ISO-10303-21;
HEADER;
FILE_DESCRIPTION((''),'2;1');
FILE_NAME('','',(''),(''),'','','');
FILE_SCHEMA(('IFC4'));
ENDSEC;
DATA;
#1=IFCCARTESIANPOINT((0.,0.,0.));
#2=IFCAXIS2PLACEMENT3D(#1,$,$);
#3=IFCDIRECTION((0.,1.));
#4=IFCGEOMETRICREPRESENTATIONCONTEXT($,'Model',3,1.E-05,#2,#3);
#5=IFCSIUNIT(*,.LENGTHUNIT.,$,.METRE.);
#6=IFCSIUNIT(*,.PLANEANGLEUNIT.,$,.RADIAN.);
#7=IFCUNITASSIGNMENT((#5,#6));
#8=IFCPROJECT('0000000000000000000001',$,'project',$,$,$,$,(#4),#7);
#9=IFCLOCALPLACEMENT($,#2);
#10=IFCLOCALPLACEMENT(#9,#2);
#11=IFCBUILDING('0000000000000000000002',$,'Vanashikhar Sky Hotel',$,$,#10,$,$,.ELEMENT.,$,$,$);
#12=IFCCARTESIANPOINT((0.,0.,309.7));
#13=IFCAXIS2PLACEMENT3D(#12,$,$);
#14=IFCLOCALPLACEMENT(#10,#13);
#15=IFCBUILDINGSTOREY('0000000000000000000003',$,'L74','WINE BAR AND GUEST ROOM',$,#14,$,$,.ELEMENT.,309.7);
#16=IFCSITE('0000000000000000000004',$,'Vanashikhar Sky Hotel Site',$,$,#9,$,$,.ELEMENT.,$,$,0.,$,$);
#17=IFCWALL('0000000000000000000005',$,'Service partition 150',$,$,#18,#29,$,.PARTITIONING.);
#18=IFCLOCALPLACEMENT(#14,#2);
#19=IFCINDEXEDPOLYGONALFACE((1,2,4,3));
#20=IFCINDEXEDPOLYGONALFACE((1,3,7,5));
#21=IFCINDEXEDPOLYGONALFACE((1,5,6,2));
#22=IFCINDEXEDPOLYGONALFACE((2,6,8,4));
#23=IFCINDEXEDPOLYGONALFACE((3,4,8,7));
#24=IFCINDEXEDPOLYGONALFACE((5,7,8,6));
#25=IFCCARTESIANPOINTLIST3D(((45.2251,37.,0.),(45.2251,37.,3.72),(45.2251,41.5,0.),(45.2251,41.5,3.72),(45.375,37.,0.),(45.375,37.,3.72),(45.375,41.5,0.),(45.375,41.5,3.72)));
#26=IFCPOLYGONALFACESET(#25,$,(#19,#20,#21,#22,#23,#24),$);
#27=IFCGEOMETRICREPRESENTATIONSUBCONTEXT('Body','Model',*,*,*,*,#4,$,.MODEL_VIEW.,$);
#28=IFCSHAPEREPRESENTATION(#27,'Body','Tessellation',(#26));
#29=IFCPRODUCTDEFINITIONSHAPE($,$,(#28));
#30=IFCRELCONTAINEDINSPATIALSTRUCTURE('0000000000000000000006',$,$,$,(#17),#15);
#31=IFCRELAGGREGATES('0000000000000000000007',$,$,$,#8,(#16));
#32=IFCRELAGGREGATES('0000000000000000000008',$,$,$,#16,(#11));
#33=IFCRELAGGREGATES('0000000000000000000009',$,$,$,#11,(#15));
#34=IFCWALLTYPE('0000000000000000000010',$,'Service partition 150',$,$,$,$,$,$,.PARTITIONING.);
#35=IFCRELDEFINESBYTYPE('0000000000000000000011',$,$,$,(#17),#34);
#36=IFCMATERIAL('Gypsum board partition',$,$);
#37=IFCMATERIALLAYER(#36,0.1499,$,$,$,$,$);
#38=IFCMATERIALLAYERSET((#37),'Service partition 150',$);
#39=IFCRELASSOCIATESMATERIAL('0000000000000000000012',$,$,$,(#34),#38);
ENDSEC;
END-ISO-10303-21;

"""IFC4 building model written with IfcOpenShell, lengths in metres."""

from ifc_helpers import new_model, si_unit, direction, frame, frame_2d, origin, place, context, subcontext, project, spatial, rectangle, extrude, source, transform, mapped, material, layer, layer_set, type_object, element, save


model = new_model("IFC4")

# Units and contexts
model_context = context("Model", 3, precision=1e-05, world=origin(), true_north=direction((0.0, 1.0)))
body_context = subcontext(model_context, "Body", "Model", "MODEL_VIEW")
ifc_project = project(units=[si_unit("LENGTHUNIT", "METRE"), si_unit("PLANEANGLEUNIT", "RADIAN")], contexts=[model_context])

# Site, building, storey
site_placement = place(None, origin())
site = spatial("IfcSite", under=ifc_project, at=site_placement, Name="Vanashikhar Sky Hotel Site", CompositionType="ELEMENT", RefElevation=0.0)
building_placement = place(site_placement, origin())
building = spatial("IfcBuilding", under=site, at=building_placement, Name="Vanashikhar Sky Hotel", CompositionType="ELEMENT")
storey_placement = place(building_placement, frame((0.0, 0.0, 309.7)))
storey = spatial("IfcBuildingStorey", under=building, at=storey_placement, Name="L74", Description="WINE BAR AND GUEST ROOM", CompositionType="ELEMENT", Elevation=309.7)

# Shared definitions
ifc_material_1 = material(Name="Gypsum board partition")
ifc_layer_1 = layer(ifc_material_1, 0.1499)
ifc_layer_set_1 = layer_set([ifc_layer_1], Name="Service partition 150")
wall_type_1 = type_object("IfcWallType", Name="Service partition 150", PredefinedType="PARTITIONING", material=ifc_layer_set_1)

# Wall
shared_shape_1 = source(origin(), body_context, "Body", "SweptSolid", [
    extrude(rectangle(XDim=4.5, YDim=0.1499, at=frame_2d((2.25, 0.0))), origin(), (0.0, 0.0, 1.0), 3.72),
])
for number, where, z_axis, x_axis, name in (
    (1, (45.3, 37.0, 0.0), (0.0, 0.0, 1.0), (0.0, 1.0, 0.0), "Service partition 150"),
):
    element("IfcWall", number, at=place(storey_placement, frame(where, z_axis=z_axis, x_axis=x_axis)), inside=storey, type_object=wall_type_1, Name=name, PredefinedType="PARTITIONING", context=body_context, shape_type="MappedRepresentation", body=[
        mapped(shared_shape_1, transform((0.0, 0.0, 0.0), scale=1.0)),
    ])

save(model, "model.ifc")
